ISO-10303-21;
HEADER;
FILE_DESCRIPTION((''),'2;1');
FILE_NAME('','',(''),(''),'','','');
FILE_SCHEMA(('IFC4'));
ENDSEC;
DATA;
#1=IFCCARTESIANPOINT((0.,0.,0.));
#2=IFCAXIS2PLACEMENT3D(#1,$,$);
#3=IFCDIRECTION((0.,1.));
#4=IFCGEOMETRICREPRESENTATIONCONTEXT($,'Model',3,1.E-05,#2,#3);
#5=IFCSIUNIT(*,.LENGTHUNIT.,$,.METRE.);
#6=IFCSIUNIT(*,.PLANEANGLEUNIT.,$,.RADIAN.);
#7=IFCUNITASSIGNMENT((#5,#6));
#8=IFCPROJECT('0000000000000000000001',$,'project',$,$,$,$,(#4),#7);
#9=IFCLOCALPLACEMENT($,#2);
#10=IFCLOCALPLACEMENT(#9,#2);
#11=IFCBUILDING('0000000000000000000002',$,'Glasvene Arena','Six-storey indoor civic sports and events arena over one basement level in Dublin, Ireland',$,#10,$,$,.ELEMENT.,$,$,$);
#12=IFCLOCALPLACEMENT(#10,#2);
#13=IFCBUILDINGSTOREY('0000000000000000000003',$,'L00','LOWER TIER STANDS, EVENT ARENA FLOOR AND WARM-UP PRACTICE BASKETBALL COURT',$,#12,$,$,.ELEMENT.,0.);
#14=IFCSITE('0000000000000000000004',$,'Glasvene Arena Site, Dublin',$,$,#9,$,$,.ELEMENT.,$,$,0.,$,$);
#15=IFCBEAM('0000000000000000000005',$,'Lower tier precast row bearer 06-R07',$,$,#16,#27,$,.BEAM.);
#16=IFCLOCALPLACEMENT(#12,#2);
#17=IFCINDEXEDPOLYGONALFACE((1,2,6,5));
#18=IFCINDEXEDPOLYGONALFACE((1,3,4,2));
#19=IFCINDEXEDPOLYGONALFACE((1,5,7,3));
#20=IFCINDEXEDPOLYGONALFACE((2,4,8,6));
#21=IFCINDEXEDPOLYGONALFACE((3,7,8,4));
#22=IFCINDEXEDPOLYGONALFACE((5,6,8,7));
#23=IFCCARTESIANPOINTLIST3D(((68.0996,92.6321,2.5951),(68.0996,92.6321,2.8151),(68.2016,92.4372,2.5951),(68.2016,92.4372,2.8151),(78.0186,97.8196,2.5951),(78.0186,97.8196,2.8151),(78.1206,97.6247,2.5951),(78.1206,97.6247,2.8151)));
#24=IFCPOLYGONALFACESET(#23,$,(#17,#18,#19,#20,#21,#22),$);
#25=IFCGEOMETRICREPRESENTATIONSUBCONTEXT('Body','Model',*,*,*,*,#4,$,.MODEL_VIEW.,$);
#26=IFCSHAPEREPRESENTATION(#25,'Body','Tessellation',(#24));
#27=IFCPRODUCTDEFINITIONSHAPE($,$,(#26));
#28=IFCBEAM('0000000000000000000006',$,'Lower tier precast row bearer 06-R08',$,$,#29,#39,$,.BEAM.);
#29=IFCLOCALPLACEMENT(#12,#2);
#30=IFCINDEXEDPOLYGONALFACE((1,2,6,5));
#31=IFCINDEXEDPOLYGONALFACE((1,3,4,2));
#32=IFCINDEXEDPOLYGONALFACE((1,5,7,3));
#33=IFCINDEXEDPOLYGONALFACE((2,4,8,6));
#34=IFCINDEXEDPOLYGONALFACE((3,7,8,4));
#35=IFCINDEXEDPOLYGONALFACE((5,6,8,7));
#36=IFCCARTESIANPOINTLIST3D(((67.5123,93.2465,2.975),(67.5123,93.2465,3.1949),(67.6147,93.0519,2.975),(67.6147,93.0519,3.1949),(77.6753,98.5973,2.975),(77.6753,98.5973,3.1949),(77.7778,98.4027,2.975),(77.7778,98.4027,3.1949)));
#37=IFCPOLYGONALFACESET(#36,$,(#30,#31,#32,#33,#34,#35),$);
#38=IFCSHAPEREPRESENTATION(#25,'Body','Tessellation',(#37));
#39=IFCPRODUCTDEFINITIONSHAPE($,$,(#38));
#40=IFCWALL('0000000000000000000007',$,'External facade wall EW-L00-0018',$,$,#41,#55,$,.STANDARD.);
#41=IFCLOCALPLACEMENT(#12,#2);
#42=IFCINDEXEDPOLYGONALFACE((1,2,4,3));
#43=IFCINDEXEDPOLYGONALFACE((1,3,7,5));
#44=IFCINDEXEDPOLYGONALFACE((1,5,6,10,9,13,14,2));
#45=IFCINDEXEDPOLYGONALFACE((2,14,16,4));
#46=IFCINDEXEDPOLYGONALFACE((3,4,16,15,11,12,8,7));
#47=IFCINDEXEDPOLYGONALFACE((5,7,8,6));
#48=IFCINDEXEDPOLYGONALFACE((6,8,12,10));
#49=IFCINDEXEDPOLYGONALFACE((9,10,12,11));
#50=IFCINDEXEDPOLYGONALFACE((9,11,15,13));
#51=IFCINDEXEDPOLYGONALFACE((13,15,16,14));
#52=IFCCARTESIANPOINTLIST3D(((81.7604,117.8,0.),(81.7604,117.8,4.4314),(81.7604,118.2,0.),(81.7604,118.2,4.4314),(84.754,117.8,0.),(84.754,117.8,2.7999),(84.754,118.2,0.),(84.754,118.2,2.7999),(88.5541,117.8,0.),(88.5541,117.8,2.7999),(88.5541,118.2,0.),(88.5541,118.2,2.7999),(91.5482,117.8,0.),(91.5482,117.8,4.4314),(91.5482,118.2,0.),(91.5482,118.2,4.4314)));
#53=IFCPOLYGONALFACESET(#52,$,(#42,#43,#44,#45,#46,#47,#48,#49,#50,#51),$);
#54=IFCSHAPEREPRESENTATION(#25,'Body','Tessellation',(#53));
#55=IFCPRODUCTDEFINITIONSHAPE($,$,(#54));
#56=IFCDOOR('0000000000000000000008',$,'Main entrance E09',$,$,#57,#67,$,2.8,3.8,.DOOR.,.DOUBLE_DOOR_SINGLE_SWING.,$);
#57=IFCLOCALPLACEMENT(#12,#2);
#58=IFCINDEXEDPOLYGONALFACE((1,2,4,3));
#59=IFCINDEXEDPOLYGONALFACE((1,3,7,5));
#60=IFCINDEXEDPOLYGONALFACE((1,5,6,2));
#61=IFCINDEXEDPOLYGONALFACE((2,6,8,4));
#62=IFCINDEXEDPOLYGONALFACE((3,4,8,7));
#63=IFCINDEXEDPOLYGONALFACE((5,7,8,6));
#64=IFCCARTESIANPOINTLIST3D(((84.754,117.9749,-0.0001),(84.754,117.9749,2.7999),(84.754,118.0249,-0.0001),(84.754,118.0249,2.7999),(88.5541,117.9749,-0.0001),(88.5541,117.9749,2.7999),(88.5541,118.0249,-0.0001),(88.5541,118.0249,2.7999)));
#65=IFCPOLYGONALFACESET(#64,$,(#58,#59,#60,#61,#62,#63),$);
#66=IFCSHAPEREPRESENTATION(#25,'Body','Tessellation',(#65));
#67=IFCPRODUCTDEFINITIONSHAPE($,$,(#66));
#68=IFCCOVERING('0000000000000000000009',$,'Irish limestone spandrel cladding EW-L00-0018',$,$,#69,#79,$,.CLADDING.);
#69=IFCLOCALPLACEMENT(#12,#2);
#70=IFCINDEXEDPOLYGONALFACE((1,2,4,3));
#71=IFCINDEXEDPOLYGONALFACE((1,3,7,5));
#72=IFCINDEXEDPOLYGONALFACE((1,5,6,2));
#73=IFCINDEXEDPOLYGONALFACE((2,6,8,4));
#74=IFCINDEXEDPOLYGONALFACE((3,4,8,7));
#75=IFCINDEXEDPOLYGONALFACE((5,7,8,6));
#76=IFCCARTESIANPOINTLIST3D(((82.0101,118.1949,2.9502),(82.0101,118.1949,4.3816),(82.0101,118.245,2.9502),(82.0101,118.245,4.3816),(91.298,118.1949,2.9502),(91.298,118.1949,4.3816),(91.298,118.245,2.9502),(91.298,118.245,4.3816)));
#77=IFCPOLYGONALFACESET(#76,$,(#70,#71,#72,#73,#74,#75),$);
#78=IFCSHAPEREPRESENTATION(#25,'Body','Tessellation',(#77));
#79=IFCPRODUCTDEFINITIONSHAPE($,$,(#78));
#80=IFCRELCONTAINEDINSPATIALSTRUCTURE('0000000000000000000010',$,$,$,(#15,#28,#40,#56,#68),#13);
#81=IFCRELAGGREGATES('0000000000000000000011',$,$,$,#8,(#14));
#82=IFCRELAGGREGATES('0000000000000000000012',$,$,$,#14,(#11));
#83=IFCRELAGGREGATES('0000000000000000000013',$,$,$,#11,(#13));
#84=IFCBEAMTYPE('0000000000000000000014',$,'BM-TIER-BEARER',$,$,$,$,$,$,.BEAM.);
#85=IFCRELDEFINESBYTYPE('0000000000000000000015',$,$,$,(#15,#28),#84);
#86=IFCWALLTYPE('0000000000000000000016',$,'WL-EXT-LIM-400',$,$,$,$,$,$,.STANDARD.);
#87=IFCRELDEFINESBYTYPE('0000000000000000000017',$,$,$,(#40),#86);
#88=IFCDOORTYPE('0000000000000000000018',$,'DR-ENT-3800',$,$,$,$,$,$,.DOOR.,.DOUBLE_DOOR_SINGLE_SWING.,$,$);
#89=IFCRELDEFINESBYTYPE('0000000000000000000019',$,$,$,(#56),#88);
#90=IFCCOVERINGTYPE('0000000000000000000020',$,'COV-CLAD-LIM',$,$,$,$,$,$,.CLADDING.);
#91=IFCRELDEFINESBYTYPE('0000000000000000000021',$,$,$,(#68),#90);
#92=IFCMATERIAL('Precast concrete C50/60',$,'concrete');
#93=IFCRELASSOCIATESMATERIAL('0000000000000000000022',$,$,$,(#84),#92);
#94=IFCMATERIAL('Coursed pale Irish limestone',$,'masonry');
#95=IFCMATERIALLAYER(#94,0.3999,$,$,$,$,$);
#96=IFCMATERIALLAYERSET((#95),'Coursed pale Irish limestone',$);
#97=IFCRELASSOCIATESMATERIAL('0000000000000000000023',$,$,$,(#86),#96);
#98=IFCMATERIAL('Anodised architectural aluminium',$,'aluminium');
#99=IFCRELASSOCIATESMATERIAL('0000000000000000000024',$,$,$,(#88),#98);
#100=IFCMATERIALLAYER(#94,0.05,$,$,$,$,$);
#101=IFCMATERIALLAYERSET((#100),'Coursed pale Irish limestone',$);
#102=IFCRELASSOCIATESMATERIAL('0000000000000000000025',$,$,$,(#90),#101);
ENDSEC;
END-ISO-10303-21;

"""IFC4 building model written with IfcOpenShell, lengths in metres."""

from ifc_helpers import new_model, si_unit, direction, frame, frame_2d, origin, origin_2d, place, context, subcontext, project, spatial, rectangle, extrude, material, layer, layer_set, material_profile, profile_set, type_object, element, fill, save


model = new_model("IFC4")

# Units and contexts
model_context = context("Model", 3, precision=1e-05, world=origin(), true_north=direction((0.0, 1.0)))
body_context = subcontext(model_context, "Body", "Model", "MODEL_VIEW")
ifc_project = project(units=[si_unit("LENGTHUNIT", "METRE"), si_unit("PLANEANGLEUNIT", "RADIAN")], contexts=[model_context])

# Site, building, storey
site_placement = place(None, origin())
site = spatial("IfcSite", under=ifc_project, at=site_placement, Name="Glasvene Arena Site, Dublin", CompositionType="ELEMENT", RefElevation=0.0)
building_placement = place(site_placement, origin())
building = spatial("IfcBuilding", under=site, at=building_placement, Name="Glasvene Arena", Description="Six-storey indoor civic sports and events arena over one basement level in Dublin, Ireland", CompositionType="ELEMENT")
storey_placement = place(building_placement, origin())
storey = spatial("IfcBuildingStorey", under=building, at=storey_placement, Name="L00", Description="LOWER TIER STANDS, EVENT ARENA FLOOR AND WARM-UP PRACTICE BASKETBALL COURT", CompositionType="ELEMENT", Elevation=0.0)

# Beams
ifc_material_1 = material(Name="Precast concrete C50/60", Category="concrete")
ifc_material_profile_1 = material_profile(ifc_material_1, rectangle(XDim=0.22, YDim=0.22, at=origin_2d()), Name="RC 220x220")
ifc_profile_set_1 = profile_set([ifc_material_profile_1], Name="Precast concrete C50/60")
beam_type_1 = type_object("IfcBeamType", Name="BM-TIER-BEARER", PredefinedType="BEAM", material=ifc_profile_set_1)
beam_1_placement = place(storey_placement, frame((78.0696, 97.7222, 2.7051), z_axis=(-0.88613, -0.463436, 0.0), x_axis=(0.463436, -0.88613, 0.0)))
element("IfcBeam", 1, at=beam_1_placement, inside=storey, type_object=beam_type_1, Name="Lower tier precast row bearer 06-R07", PredefinedType="BEAM", context=body_context, shape_type="SweptSolid", body=[
    extrude(rectangle(XDim=0.22, YDim=0.22, at=origin_2d()), origin(), (0.0, 0.0, 1.0), 11.1936),
])
beam_2_placement = place(storey_placement, frame((77.7266, 98.5, 3.085), z_axis=(-0.884852, -0.465872, 0.0), x_axis=(0.465872, -0.884852, 0.0)))
element("IfcBeam", 2, at=beam_2_placement, inside=storey, type_object=beam_type_1, Name="Lower tier precast row bearer 06-R08", PredefinedType="BEAM", context=body_context, shape_type="SweptSolid", body=[
    extrude(rectangle(XDim=0.22, YDim=0.22, at=origin_2d()), origin(), (0.0, 0.0, 1.0), 11.4856),
])

# Wall, opening, door
ifc_material_2 = material(Name="Coursed pale Irish limestone", Category="masonry")
ifc_layer_1 = layer(ifc_material_2, 0.3999)
ifc_layer_set_1 = layer_set([ifc_layer_1], Name="Coursed pale Irish limestone")
wall_type = type_object("IfcWallType", Name="WL-EXT-LIM-400", PredefinedType="STANDARD", material=ifc_layer_set_1)
wall_placement = place(storey_placement, frame((81.7603, 118.0, 0.0), z_axis=(0.0, 0.0, 1.0), x_axis=(1.0, 0.0, 0.0)))
wall = element("IfcWall", 3, at=wall_placement, inside=storey, type_object=wall_type, Name="External facade wall EW-L00-0018", PredefinedType="STANDARD", context=body_context, shape_type="SweptSolid", body=[
    extrude(rectangle(XDim=9.7878, YDim=0.3999, at=frame_2d((4.894, 0.0))), origin(), (0.0, 0.0, 1.0), 4.4314),
])
opening_placement = place(wall_placement, frame((2.9939, 0.0, 0.0)))
opening = element("IfcOpeningElement", 4, at=opening_placement, cuts=wall, PredefinedType="OPENING", context=body_context, shape_type="SweptSolid", body=[
    extrude(rectangle(XDim=3.8, YDim=2.8, at=frame_2d((1.8999, 1.3999))), frame((0.0, 0.21, 0.0), z_axis=(0.0, -1.0, 0.0), x_axis=(1.0, 0.0, 0.0)), (0.0, 0.0, 1.0), 0.4199),
])
ifc_material_3 = material(Name="Anodised architectural aluminium", Category="aluminium")
door_type = type_object("IfcDoorType", Name="DR-ENT-3800", OperationType="DOUBLE_DOOR_SINGLE_SWING", PredefinedType="DOOR", material=ifc_material_3)
door_placement = place(opening_placement, origin())
door = element("IfcDoor", 5, at=door_placement, inside=storey, type_object=door_type, Name="Main entrance E09", OperationType="DOUBLE_DOOR_SINGLE_SWING", OverallHeight=2.8, OverallWidth=3.8, PredefinedType="DOOR", context=body_context, shape_type="SweptSolid", body=[
    extrude(rectangle(XDim=3.8, YDim=2.8, at=frame_2d((1.8999, 1.3999))), frame((0.0, 0.0249, 0.0), z_axis=(0.0, -1.0, 0.0), x_axis=(1.0, 0.0, 0.0)), (0.0, 0.0, 1.0), 0.05),
])
fill(opening, door)

# Covering
ifc_layer_2 = layer(ifc_material_2, 0.05)
ifc_layer_set_2 = layer_set([ifc_layer_2], Name="Coursed pale Irish limestone")
covering_type_1 = type_object("IfcCoveringType", Name="COV-CLAD-LIM", PredefinedType="CLADDING", material=ifc_layer_set_2)
covering_1_placement = place(storey_placement, frame((86.6541, 118.22, 2.9502), z_axis=(0.0, 0.0, 1.0), x_axis=(1.0, 0.0, 0.0)))
element("IfcCovering", 6, at=covering_1_placement, inside=storey, type_object=covering_type_1, Name="Irish limestone spandrel cladding EW-L00-0018", PredefinedType="CLADDING", context=body_context, shape_type="SweptSolid", body=[
    extrude(rectangle(XDim=9.2878, YDim=0.05, at=origin_2d()), origin(), (0.0, 0.0, 1.0), 1.4314),
])

save(model, "model.ifc")
